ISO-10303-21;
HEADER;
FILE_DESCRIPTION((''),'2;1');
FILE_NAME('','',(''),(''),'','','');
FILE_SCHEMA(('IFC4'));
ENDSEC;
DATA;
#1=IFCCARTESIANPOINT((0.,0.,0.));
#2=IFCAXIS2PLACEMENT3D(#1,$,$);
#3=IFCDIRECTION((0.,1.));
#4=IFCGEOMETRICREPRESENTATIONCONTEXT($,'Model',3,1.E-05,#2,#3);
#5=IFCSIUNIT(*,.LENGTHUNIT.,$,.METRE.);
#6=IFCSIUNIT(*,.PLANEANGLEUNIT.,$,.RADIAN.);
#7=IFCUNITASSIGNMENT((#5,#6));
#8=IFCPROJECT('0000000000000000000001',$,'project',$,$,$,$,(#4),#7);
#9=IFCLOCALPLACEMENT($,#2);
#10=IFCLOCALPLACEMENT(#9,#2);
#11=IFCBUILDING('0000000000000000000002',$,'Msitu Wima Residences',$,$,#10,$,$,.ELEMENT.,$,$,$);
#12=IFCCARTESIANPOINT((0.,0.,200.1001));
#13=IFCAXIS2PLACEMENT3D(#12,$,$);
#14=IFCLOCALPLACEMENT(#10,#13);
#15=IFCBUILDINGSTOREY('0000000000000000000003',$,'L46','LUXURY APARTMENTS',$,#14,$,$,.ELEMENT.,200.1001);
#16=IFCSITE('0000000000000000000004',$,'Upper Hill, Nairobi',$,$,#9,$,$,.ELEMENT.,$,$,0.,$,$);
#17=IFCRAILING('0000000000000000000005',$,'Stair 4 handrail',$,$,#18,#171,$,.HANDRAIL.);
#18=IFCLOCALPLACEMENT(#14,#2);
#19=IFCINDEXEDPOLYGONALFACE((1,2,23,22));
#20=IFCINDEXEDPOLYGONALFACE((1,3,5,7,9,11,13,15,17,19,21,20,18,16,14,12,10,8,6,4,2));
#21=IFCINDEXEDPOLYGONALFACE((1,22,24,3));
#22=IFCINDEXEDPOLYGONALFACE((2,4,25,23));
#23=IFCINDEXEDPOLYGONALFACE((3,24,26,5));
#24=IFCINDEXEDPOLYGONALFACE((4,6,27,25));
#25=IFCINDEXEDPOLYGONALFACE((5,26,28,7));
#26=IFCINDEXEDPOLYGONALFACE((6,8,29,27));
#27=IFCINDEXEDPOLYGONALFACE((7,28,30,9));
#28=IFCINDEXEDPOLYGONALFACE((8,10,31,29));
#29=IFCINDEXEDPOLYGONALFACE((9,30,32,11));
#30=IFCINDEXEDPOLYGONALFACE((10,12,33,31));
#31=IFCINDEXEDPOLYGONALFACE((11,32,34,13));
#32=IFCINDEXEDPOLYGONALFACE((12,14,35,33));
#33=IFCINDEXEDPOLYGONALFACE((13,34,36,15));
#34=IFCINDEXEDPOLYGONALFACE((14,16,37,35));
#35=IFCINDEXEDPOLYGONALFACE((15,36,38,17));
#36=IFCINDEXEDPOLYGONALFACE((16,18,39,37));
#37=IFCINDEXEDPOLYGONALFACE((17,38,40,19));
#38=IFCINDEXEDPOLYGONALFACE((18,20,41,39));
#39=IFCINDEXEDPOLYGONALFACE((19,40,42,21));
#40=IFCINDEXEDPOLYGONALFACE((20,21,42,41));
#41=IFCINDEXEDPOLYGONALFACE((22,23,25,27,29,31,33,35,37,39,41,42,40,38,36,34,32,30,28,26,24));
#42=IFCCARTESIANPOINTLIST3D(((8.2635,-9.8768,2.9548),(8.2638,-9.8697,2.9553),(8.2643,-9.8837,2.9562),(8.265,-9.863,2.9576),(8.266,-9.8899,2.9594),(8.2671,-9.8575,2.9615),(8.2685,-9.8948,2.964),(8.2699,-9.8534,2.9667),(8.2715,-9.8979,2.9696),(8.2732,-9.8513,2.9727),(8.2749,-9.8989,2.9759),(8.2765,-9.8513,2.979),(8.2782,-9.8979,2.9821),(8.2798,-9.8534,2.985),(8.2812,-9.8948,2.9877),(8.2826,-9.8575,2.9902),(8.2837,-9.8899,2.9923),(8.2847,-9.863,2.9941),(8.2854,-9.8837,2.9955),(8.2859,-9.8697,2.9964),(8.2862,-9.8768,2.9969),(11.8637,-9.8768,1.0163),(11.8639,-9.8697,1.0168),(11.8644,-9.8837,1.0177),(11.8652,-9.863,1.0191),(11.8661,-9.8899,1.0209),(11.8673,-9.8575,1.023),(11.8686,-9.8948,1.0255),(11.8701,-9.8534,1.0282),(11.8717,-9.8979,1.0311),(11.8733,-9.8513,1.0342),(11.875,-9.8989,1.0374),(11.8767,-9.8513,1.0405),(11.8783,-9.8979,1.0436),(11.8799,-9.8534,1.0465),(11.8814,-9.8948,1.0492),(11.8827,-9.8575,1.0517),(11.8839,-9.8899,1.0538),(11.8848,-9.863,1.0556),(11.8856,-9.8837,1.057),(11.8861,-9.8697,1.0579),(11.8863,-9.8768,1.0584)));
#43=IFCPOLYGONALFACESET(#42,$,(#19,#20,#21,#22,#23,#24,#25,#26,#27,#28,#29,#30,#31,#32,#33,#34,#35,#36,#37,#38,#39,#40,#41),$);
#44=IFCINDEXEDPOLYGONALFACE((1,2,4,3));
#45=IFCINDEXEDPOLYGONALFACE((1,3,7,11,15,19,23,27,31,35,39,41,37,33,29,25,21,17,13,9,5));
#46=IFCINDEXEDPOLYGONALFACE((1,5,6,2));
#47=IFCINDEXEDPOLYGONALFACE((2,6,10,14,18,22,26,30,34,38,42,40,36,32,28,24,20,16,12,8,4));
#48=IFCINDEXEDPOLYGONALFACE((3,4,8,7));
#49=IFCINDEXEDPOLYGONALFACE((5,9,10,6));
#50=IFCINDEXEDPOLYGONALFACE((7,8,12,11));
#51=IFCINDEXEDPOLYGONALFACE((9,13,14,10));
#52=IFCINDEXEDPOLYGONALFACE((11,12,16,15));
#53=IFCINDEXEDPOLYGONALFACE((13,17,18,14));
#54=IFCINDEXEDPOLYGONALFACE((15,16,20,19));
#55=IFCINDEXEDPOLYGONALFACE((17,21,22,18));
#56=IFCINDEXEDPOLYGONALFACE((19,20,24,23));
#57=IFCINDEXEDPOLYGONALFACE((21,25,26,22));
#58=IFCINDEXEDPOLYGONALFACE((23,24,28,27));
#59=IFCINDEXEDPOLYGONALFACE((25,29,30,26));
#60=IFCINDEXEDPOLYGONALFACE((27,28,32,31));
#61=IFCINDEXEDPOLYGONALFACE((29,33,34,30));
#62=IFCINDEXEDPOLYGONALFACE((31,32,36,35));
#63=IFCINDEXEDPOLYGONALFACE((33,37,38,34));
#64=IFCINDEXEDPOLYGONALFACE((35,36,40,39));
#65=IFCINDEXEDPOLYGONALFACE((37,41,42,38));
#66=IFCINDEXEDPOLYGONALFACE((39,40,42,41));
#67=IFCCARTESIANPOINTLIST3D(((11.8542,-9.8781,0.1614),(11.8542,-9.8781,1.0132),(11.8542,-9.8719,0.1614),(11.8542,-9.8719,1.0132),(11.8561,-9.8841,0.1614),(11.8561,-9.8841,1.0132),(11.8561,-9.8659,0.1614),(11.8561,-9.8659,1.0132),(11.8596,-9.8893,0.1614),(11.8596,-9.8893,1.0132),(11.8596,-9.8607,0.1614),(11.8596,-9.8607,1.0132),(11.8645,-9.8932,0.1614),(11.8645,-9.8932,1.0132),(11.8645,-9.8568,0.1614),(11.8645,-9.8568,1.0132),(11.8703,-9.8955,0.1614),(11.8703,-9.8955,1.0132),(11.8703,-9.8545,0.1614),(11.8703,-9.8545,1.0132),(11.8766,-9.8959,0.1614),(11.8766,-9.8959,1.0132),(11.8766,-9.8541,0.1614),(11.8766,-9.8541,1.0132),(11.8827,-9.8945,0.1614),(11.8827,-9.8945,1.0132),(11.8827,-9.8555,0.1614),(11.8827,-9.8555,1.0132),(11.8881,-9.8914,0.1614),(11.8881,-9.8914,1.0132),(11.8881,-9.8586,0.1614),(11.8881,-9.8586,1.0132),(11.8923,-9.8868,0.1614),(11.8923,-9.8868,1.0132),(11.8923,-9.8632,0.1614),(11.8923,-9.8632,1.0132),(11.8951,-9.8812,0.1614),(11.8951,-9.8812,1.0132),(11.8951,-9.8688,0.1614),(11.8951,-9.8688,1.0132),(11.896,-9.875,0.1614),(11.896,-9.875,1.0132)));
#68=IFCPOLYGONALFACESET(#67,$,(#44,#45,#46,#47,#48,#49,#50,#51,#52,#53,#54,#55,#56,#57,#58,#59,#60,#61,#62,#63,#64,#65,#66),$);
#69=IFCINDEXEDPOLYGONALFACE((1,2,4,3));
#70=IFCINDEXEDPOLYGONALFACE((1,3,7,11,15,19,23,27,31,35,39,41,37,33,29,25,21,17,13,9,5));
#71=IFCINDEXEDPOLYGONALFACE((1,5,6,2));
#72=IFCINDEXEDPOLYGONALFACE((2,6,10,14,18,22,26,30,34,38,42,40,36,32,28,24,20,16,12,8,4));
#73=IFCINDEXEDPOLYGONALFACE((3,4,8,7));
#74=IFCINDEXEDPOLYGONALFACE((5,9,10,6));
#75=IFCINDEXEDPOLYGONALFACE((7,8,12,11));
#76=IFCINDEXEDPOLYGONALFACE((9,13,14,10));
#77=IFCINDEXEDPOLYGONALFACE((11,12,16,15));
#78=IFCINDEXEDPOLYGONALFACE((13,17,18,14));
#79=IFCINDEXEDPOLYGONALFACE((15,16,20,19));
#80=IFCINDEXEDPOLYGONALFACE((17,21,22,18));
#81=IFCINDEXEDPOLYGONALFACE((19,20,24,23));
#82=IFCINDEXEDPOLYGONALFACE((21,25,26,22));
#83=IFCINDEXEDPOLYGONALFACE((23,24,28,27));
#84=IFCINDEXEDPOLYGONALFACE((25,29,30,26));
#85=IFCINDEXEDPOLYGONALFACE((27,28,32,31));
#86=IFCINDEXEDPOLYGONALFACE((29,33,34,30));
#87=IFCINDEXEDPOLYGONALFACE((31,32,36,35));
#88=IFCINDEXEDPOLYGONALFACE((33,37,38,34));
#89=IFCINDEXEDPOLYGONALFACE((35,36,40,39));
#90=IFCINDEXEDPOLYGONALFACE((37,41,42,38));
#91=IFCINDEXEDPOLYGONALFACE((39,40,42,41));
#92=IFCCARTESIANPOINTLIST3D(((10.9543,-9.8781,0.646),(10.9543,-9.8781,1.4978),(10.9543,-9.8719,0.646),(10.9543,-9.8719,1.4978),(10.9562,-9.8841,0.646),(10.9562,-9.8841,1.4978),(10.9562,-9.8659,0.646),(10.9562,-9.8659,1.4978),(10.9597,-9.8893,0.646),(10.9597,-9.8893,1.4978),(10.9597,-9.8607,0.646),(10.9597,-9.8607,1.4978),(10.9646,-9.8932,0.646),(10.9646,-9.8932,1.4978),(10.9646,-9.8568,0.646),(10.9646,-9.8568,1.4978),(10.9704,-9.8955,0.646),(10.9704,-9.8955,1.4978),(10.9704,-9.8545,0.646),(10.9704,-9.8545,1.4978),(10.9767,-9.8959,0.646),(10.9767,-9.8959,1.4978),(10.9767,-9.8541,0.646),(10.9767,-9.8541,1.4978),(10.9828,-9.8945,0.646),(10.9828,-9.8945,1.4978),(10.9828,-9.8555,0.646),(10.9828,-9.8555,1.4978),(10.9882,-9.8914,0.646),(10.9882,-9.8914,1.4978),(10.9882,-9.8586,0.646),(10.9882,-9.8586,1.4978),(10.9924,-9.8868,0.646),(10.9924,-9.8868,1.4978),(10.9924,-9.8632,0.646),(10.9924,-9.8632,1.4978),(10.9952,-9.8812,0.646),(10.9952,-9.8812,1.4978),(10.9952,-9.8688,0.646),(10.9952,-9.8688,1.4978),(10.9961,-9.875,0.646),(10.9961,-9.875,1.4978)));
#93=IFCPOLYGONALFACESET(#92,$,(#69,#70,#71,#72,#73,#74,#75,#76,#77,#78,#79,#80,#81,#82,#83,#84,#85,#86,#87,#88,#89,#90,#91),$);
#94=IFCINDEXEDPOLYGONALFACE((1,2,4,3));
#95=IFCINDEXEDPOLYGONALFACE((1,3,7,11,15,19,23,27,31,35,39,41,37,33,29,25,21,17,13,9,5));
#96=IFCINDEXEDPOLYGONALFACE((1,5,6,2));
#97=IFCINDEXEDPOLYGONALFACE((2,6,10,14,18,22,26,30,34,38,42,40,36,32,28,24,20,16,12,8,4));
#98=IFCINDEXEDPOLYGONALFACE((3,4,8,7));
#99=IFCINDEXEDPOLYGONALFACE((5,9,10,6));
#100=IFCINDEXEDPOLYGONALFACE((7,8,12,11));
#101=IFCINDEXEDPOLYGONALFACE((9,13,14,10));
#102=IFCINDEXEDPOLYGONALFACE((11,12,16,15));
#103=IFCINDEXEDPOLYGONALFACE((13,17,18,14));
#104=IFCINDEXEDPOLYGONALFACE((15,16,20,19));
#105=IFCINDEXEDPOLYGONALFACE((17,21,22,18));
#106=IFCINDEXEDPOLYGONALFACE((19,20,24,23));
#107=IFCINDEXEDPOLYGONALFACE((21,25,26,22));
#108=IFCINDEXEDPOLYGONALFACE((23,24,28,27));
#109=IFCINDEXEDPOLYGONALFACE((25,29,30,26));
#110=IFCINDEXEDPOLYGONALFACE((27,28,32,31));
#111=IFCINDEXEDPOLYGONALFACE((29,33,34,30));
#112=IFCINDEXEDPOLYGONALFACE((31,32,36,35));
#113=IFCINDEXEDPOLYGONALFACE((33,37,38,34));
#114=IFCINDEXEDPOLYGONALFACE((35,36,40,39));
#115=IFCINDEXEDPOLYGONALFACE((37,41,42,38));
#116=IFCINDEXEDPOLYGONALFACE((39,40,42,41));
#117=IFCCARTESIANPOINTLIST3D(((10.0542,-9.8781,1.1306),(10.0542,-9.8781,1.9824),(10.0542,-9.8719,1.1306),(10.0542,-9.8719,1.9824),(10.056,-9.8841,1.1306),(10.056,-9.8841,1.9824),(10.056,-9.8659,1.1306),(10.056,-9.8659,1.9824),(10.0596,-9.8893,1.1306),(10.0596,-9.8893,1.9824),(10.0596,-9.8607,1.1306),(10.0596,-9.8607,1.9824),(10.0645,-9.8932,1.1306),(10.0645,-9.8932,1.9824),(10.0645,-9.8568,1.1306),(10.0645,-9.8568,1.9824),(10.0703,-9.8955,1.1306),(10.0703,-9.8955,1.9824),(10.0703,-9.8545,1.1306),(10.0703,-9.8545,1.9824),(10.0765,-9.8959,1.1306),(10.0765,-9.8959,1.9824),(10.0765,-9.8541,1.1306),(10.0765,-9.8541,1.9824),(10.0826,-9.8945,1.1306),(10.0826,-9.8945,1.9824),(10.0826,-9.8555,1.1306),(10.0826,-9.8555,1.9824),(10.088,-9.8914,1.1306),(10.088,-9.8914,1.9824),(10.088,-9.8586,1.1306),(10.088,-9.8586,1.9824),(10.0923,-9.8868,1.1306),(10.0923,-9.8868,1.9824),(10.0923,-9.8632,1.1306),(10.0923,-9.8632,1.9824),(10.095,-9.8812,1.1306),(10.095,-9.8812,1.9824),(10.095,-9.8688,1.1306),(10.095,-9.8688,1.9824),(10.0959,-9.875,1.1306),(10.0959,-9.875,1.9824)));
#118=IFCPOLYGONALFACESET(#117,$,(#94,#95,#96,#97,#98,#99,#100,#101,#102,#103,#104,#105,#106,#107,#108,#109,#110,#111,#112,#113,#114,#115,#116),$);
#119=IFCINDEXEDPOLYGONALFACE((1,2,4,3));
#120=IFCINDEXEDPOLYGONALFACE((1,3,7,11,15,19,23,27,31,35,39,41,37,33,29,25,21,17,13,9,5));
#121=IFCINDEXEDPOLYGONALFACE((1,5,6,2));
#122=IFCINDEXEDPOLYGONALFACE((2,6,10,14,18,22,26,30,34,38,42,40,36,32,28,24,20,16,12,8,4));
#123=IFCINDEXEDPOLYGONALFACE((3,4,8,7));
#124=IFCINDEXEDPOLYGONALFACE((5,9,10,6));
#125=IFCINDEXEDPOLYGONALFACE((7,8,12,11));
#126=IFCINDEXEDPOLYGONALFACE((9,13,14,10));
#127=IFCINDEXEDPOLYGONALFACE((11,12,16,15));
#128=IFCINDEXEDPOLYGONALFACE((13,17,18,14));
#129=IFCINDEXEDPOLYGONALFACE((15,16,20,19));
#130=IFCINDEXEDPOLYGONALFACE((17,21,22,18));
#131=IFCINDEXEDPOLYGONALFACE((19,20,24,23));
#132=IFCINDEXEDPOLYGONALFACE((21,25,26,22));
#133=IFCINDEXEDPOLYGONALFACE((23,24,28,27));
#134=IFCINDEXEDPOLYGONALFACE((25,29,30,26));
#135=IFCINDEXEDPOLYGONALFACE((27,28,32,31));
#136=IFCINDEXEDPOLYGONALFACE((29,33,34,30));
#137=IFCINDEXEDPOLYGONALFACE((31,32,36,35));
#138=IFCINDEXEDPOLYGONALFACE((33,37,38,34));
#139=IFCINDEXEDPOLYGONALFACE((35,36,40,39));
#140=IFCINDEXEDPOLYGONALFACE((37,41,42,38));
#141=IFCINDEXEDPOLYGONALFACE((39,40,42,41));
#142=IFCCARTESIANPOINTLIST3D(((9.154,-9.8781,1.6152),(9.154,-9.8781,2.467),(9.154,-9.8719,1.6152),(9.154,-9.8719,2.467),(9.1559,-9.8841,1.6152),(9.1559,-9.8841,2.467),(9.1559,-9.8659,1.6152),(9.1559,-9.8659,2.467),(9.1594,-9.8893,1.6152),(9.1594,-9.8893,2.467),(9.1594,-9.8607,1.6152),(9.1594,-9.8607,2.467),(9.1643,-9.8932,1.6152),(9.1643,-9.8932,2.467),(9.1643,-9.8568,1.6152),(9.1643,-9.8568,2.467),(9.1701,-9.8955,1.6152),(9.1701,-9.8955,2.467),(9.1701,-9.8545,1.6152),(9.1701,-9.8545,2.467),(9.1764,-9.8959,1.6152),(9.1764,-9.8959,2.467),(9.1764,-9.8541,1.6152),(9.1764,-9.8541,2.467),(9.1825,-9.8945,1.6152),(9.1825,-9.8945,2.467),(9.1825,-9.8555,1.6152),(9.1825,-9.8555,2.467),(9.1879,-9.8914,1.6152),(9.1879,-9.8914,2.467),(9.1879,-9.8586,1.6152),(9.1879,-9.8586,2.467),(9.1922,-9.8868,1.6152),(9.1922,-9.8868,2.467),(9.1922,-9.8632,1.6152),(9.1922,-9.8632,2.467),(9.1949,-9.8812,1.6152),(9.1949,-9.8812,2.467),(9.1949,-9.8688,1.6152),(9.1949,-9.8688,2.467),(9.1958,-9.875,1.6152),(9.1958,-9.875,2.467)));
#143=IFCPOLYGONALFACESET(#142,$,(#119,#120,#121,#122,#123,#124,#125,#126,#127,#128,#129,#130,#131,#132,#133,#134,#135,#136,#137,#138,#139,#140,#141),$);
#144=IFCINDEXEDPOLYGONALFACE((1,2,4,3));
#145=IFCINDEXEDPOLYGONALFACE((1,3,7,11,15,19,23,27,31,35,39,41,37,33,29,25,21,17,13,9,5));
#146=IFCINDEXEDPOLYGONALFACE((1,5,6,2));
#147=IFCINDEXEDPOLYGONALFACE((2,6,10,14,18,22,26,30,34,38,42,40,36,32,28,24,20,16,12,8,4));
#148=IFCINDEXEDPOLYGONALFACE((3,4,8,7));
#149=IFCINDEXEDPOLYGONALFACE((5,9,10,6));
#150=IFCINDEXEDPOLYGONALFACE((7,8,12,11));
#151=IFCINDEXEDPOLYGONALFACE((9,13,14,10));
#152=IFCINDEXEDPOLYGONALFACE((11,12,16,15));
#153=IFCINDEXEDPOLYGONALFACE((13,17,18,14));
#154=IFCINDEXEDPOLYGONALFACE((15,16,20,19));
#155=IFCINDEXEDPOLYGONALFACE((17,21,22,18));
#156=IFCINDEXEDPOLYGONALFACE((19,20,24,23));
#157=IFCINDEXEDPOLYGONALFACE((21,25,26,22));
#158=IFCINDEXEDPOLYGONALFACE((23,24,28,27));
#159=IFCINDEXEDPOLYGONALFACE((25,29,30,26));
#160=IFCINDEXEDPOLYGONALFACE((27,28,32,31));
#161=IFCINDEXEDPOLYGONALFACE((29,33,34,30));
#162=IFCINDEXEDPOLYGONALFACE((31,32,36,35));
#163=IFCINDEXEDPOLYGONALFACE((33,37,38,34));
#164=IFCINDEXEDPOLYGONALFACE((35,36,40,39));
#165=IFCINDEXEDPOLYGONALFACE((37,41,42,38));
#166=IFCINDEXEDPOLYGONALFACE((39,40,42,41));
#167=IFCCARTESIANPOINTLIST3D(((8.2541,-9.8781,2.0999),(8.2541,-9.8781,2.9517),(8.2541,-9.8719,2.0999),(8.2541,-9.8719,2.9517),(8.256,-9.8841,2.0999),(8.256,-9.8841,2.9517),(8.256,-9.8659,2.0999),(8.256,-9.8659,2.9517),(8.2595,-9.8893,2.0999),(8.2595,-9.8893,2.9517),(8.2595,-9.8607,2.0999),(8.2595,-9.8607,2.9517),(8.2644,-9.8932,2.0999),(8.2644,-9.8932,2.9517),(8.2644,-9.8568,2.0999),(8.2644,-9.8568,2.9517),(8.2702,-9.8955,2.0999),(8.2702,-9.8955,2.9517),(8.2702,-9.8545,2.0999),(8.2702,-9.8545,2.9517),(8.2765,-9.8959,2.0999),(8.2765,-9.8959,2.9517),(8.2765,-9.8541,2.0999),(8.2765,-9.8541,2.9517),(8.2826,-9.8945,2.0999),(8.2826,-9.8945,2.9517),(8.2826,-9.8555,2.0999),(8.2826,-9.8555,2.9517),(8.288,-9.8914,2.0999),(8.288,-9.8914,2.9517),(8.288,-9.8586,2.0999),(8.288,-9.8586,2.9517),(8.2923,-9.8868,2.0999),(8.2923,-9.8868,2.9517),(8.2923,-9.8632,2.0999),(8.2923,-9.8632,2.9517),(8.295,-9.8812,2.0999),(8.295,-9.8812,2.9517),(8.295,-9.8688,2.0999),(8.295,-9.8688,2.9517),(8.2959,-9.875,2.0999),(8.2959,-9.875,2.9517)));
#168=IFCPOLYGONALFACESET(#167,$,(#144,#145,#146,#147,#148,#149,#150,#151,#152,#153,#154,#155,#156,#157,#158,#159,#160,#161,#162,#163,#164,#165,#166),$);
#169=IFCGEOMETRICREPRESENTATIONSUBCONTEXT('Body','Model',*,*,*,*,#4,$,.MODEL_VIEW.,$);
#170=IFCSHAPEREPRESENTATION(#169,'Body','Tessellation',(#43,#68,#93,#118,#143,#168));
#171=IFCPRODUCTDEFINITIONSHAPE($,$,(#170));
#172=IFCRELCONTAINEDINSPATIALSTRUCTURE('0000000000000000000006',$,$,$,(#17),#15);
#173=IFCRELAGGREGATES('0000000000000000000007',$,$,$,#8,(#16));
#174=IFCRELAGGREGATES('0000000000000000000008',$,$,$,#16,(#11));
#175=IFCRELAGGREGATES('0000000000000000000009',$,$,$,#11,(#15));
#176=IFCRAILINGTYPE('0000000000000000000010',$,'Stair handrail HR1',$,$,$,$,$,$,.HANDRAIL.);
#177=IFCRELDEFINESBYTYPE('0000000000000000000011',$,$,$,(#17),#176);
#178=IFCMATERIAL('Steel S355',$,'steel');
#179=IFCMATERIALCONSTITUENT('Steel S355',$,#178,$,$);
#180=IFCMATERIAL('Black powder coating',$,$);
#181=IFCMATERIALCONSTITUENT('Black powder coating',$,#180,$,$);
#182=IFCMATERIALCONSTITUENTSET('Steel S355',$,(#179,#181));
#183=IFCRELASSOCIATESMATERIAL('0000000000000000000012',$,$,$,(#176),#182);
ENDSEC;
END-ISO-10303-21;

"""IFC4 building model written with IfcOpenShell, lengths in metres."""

from ifc_helpers import new_model, si_unit, direction, frame, origin, origin_2d, place, context, subcontext, project, spatial, circle, extrude, material, constituent, constituent_set, type_object, element, save


model = new_model("IFC4")

# Units and contexts
model_context = context("Model", 3, precision=1e-05, world=origin(), true_north=direction((0.0, 1.0)))
body_context = subcontext(model_context, "Body", "Model", "MODEL_VIEW")
ifc_project = project(units=[si_unit("LENGTHUNIT", "METRE"), si_unit("PLANEANGLEUNIT", "RADIAN")], contexts=[model_context])

# Site, building, storey
site_placement = place(None, origin())
site = spatial("IfcSite", under=ifc_project, at=site_placement, Name="Upper Hill, Nairobi", CompositionType="ELEMENT", RefElevation=0.0)
building_placement = place(site_placement, origin())
building = spatial("IfcBuilding", under=site, at=building_placement, Name="Msitu Wima Residences", CompositionType="ELEMENT")
storey_placement = place(building_placement, frame((0.0, 0.0, 200.1001)))
storey = spatial("IfcBuildingStorey", under=building, at=storey_placement, Name="L46", Description="LUXURY APARTMENTS", CompositionType="ELEMENT", Elevation=200.1001)

# Railing
ifc_material_1 = material(Name="Steel S355", Category="steel")
ifc_constituent_1 = constituent(ifc_material_1, Name="Steel S355")
ifc_material_2 = material(Name="Black powder coating")
ifc_constituent_2 = constituent(ifc_material_2, Name="Black powder coating")
ifc_constituent_set = constituent_set(constituents=[ifc_constituent_1, ifc_constituent_2], Name="Steel S355")
railing_type = type_object("IfcRailingType", Name="Stair handrail HR1", PredefinedType="HANDRAIL", material=ifc_constituent_set)
for number, where, name in (
    (1, (11.875, -9.875, 0.1614), "Stair 4 handrail"),
):
    element("IfcRailing", number, at=place(storey_placement, frame(where)), inside=storey, type_object=railing_type, Name=name, PredefinedType="HANDRAIL", context=body_context, shape_type="SweptSolid", body=[
        extrude(circle(Radius=0.0239, at=origin_2d()), frame((0.0, 0.0, 0.876), z_axis=(-0.880475, 0.0, 0.474093), x_axis=(0.0, -1.0, 0.0)), (0.0, 0.0, 1.0), 4.0889),
        extrude(circle(Radius=0.021, at=origin_2d()), origin(), (0.0, 0.0, 1.0), 0.8518),
        extrude(circle(Radius=0.021, at=origin_2d()), frame((-0.8999, 0.0, 0.4846)), (0.0, 0.0, 1.0), 0.8518),
        extrude(circle(Radius=0.021, at=origin_2d()), frame((-1.8, 0.0, 0.9692)), (0.0, 0.0, 1.0), 0.8518),
        extrude(circle(Radius=0.021, at=origin_2d()), frame((-2.7002, 0.0, 1.4539)), (0.0, 0.0, 1.0), 0.8518),
        extrude(circle(Radius=0.021, at=origin_2d()), frame((-3.6001, 0.0, 1.9385)), (0.0, 0.0, 1.0), 0.8518),
    ])

save(model, "model.ifc")
